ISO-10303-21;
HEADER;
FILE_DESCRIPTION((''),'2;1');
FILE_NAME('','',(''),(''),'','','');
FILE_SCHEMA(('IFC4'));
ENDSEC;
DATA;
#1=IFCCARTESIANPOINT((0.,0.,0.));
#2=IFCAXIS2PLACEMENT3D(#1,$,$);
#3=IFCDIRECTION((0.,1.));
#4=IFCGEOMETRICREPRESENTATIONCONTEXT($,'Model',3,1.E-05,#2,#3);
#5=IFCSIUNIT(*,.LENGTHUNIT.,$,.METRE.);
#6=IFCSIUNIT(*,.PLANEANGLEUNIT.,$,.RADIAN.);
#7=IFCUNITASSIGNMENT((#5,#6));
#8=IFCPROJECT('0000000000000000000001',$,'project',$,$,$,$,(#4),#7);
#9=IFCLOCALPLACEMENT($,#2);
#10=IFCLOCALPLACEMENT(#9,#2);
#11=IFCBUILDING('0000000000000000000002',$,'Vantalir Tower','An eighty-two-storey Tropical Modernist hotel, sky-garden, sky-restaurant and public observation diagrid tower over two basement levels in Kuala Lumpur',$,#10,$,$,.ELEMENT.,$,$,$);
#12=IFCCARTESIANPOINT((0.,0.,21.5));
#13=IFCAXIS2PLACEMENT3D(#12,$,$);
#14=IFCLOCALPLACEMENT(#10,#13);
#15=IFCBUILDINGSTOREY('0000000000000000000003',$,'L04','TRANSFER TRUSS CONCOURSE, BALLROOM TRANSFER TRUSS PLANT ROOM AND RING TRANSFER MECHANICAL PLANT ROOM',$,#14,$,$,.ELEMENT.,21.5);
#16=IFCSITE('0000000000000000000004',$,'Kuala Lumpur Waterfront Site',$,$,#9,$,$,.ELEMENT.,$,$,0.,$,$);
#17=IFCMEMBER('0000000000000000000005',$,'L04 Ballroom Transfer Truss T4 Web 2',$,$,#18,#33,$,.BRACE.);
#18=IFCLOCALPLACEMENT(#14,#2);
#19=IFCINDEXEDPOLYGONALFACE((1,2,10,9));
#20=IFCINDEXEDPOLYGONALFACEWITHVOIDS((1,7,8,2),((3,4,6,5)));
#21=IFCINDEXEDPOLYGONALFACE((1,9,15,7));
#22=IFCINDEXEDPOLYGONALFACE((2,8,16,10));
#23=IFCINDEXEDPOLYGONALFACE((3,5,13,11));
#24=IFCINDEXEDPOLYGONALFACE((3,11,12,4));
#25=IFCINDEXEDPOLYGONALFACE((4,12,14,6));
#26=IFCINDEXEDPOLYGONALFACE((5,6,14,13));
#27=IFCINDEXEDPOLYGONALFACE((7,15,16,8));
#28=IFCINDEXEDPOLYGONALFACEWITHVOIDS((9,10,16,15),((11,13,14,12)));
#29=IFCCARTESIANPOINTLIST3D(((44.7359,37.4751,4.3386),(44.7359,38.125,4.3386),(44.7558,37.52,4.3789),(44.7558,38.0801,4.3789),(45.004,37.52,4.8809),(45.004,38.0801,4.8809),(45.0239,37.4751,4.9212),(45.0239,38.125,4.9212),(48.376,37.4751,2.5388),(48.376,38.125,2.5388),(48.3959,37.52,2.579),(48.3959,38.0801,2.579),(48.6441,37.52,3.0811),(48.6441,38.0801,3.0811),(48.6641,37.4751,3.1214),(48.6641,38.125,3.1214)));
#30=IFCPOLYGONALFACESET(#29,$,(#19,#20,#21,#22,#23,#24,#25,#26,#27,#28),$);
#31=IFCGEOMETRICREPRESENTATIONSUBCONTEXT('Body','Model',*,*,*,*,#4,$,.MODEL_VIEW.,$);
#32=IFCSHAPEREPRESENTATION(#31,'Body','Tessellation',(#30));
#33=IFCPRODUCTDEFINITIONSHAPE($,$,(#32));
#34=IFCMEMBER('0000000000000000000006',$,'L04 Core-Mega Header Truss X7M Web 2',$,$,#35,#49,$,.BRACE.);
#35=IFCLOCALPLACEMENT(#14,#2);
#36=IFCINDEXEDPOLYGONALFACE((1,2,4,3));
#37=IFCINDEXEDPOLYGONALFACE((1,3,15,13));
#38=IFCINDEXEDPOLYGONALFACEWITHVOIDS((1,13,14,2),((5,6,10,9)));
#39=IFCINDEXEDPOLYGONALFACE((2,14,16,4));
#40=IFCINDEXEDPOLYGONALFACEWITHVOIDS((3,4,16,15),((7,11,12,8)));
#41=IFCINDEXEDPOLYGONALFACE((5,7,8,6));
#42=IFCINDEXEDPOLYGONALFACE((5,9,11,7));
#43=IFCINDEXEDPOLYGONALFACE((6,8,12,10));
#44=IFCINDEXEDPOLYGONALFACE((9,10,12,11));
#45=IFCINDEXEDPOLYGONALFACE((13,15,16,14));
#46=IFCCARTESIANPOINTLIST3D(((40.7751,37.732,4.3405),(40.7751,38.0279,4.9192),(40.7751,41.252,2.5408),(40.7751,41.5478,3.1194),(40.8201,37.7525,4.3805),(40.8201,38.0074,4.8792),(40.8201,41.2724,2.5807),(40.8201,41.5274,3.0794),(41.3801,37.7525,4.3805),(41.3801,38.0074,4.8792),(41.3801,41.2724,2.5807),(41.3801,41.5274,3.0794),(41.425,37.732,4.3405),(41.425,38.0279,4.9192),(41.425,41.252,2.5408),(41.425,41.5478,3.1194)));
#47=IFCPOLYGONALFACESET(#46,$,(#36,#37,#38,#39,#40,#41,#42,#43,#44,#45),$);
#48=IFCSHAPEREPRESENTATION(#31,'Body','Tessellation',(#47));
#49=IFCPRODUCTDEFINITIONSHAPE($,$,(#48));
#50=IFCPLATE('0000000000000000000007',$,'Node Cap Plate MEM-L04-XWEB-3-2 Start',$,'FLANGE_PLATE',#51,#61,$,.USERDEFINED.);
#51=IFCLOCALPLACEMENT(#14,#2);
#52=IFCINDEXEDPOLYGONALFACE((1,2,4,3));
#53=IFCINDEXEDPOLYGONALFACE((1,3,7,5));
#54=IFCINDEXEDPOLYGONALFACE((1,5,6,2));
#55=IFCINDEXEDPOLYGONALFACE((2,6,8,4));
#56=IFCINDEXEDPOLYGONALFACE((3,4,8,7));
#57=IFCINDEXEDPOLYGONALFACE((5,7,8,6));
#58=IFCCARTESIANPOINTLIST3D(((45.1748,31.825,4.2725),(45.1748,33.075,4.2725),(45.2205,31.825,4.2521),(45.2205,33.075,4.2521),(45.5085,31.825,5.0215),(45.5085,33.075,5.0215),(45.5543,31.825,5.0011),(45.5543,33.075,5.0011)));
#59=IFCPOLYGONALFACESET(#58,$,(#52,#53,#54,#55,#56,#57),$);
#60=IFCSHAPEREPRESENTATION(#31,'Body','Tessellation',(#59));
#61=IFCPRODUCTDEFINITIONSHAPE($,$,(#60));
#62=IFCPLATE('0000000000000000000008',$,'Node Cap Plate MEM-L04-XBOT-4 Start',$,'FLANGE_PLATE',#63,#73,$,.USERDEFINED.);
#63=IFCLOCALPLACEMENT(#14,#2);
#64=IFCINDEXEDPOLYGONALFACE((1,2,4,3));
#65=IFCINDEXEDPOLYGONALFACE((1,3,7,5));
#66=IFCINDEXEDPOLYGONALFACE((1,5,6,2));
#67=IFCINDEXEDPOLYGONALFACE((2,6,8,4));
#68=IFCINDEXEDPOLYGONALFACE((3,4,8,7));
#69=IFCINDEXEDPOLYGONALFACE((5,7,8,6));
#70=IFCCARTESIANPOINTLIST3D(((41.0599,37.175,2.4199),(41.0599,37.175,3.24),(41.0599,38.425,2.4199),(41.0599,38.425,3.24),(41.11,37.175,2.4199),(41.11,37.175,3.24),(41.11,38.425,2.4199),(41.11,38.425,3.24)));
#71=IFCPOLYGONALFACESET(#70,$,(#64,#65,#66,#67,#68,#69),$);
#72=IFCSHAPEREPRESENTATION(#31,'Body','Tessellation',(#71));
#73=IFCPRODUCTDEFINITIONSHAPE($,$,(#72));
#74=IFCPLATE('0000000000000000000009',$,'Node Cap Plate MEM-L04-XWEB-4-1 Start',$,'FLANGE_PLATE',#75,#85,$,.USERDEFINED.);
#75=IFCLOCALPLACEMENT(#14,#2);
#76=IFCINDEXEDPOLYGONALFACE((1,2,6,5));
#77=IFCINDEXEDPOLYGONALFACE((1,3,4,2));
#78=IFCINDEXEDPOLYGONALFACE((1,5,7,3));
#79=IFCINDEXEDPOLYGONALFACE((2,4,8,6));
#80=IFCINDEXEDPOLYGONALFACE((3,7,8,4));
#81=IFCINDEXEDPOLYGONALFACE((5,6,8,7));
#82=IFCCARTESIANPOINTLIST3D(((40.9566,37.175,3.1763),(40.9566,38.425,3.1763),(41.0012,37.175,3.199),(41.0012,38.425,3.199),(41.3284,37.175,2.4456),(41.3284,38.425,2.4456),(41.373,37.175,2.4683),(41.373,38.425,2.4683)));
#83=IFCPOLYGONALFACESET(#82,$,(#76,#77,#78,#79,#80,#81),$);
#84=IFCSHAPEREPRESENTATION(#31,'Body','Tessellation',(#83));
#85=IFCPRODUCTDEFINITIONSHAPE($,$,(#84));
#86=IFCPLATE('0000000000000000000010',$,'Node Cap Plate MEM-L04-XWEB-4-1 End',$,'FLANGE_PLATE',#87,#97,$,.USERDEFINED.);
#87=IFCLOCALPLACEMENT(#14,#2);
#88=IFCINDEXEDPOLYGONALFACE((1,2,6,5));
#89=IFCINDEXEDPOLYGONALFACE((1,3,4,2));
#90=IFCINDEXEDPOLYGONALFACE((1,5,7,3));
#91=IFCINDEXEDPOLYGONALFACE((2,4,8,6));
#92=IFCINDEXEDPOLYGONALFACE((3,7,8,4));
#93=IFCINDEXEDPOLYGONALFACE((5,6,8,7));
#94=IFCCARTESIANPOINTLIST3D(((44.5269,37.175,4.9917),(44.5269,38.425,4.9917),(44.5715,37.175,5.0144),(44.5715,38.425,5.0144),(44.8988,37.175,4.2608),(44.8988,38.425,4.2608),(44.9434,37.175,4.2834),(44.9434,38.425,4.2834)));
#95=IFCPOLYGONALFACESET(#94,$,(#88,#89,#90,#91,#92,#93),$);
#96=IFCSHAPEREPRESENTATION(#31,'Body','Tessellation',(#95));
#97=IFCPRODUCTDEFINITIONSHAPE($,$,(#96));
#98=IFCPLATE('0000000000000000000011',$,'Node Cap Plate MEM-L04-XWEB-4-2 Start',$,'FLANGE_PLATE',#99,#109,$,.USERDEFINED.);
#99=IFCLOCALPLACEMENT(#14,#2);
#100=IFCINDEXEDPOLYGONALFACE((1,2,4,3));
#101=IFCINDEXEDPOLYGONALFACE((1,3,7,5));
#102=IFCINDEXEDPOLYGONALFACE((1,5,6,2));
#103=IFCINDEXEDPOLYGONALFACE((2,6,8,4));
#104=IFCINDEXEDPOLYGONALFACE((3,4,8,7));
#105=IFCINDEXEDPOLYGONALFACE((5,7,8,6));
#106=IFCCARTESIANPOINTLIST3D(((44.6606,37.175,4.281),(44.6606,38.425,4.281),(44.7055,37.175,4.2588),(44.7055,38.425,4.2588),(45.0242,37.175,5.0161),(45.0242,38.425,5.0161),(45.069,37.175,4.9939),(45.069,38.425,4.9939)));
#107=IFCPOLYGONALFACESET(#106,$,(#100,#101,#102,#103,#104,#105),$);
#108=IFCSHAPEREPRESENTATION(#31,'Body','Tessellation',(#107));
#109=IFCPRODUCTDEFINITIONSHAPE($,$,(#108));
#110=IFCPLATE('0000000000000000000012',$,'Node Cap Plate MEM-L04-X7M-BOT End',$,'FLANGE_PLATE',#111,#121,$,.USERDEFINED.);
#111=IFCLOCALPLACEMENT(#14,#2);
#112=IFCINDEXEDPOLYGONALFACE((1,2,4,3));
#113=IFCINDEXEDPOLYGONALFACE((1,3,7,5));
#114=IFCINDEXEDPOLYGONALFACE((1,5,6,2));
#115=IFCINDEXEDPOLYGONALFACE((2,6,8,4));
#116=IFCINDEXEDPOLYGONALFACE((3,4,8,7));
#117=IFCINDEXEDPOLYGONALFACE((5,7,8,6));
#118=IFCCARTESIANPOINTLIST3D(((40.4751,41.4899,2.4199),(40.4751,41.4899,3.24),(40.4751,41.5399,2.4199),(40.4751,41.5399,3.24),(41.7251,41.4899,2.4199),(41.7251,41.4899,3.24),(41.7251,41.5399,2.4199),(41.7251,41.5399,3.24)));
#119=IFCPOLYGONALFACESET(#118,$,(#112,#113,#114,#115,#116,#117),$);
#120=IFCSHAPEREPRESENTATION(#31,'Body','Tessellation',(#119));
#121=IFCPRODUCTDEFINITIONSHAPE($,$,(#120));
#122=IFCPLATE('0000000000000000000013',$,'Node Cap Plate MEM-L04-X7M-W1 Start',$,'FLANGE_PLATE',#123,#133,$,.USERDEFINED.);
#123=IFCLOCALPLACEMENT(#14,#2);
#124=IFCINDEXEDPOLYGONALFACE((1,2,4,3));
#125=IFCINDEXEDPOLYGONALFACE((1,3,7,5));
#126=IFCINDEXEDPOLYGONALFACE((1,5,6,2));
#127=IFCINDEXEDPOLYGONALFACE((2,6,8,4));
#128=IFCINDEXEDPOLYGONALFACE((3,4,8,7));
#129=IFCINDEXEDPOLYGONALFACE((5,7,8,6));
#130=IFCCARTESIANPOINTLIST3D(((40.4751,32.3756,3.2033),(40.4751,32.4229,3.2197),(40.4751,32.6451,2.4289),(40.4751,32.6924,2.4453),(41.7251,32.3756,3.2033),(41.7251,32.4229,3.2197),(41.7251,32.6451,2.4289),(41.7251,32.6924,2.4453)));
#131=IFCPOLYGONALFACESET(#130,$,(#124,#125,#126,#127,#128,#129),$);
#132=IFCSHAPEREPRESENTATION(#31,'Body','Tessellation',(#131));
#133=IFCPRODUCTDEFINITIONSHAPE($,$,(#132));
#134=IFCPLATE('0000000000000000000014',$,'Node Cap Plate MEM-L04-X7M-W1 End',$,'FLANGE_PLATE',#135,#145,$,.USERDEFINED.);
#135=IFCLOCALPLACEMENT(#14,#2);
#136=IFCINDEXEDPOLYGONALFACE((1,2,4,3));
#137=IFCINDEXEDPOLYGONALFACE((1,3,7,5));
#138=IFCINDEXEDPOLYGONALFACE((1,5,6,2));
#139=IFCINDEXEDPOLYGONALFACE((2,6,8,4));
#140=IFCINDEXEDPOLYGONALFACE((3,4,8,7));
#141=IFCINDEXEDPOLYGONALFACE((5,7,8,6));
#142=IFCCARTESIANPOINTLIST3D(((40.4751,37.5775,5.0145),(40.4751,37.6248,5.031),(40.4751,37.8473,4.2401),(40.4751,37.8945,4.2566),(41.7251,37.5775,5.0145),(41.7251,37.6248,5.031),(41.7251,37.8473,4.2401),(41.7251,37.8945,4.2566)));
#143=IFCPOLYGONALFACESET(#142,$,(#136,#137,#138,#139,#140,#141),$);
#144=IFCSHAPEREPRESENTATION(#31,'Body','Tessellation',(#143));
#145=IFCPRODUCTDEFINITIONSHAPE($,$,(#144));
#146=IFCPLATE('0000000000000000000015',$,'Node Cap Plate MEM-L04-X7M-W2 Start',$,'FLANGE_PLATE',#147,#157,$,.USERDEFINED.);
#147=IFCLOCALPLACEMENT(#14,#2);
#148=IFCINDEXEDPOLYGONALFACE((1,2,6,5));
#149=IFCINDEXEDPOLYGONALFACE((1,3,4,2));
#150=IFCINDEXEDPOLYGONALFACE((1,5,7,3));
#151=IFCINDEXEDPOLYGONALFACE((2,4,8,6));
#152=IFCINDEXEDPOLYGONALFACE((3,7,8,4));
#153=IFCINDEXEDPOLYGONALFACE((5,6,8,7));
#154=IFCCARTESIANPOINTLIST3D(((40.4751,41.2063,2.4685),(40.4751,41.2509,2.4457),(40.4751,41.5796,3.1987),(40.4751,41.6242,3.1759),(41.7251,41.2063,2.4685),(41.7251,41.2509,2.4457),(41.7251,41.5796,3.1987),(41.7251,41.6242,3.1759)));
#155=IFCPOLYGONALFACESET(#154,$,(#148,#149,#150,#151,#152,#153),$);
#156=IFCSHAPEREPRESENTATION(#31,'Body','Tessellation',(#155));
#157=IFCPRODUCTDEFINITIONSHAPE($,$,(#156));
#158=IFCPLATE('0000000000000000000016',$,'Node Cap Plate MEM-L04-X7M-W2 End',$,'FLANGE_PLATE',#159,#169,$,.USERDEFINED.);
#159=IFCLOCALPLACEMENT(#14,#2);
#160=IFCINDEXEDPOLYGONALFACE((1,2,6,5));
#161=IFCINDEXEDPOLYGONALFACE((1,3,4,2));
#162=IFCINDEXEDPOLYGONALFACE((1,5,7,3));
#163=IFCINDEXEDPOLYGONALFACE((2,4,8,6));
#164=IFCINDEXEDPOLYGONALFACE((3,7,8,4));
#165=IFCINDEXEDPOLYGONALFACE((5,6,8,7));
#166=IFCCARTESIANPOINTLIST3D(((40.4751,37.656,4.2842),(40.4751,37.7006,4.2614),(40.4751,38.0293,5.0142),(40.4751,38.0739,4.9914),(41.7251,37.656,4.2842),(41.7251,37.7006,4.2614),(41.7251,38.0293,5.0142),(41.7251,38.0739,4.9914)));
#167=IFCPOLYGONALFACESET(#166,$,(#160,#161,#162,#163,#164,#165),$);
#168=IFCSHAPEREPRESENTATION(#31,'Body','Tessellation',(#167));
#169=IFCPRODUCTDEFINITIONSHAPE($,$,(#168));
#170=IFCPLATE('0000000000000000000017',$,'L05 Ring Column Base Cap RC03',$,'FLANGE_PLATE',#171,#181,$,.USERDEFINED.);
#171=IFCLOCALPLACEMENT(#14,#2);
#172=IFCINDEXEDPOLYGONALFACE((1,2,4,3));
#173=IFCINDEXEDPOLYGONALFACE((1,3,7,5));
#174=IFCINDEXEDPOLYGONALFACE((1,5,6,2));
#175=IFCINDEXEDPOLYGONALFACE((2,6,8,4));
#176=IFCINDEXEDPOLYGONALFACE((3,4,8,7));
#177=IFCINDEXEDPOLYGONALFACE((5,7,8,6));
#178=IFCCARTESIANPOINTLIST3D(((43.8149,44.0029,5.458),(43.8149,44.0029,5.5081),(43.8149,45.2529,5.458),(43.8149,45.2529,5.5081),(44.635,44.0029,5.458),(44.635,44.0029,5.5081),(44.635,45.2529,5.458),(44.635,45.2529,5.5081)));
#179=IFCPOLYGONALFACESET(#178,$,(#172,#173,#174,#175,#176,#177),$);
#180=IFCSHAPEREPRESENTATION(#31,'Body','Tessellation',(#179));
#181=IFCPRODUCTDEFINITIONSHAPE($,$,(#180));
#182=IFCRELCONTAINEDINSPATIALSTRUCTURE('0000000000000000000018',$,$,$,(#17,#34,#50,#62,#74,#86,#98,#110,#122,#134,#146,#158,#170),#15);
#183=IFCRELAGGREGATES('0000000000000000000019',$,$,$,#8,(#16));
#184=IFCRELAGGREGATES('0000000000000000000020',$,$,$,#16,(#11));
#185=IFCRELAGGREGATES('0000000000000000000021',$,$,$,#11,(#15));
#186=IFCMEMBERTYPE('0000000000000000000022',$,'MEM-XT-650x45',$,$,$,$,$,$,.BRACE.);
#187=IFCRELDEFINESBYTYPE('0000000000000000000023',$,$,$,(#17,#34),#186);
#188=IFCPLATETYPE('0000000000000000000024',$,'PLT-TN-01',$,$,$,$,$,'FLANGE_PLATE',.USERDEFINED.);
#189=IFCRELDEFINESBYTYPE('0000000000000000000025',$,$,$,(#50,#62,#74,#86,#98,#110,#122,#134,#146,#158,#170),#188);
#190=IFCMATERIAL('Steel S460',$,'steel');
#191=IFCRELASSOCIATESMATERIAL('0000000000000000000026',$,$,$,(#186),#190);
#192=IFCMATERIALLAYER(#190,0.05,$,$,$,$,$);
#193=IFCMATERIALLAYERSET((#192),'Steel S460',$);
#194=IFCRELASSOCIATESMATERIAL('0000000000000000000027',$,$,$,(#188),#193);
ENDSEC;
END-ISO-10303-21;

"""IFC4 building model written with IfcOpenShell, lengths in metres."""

from ifc_helpers import new_model, si_unit, direction, frame, origin, origin_2d, place, context, subcontext, project, spatial, polyline, rectangle, hollow_rectangle, outline, extrude, material, layer, layer_set, material_profile, profile_set, type_object, element, save


model = new_model("IFC4")

# Units and contexts
model_context = context("Model", 3, precision=1e-05, world=origin(), true_north=direction((0.0, 1.0)))
body_context = subcontext(model_context, "Body", "Model", "MODEL_VIEW")
ifc_project = project(units=[si_unit("LENGTHUNIT", "METRE"), si_unit("PLANEANGLEUNIT", "RADIAN")], contexts=[model_context])

# Site, building, storey
site_placement = place(None, origin())
site = spatial("IfcSite", under=ifc_project, at=site_placement, Name="Kuala Lumpur Waterfront Site", CompositionType="ELEMENT", RefElevation=0.0)
building_placement = place(site_placement, origin())
building = spatial("IfcBuilding", under=site, at=building_placement, Name="Vantalir Tower", Description="An eighty-two-storey Tropical Modernist hotel, sky-garden, sky-restaurant and public observation diagrid tower over two basement levels in Kuala Lumpur", CompositionType="ELEMENT")
storey_placement = place(building_placement, frame((0.0, 0.0, 21.5)))
storey = spatial("IfcBuildingStorey", under=building, at=storey_placement, Name="L04", Description="TRANSFER TRUSS CONCOURSE, BALLROOM TRANSFER TRUSS PLANT ROOM AND RING TRANSFER MECHANICAL PLANT ROOM", CompositionType="ELEMENT", Elevation=21.5)

# Shared definitions
ifc_material_1 = material(Name="Steel S460", Category="steel")

# Members
ifc_material_profile_1 = material_profile(ifc_material_1, hollow_rectangle(XDim=0.6499, YDim=0.6499, WallThickness=0.0449, at=origin_2d()), Name="Steel S460")
ifc_profile_set_1 = profile_set([ifc_material_profile_1], Name="Steel S460")
member_type_1 = type_object("IfcMemberType", Name="MEM-XT-650x45", PredefinedType="BRACE", material=ifc_profile_set_1)
member_1_placement = place(storey_placement, frame((44.8799, 37.8, 4.6299), z_axis=(0.896414, 0.0, -0.443217), x_axis=(0.0, 1.0, 0.0)))
element("IfcMember", 1, at=member_1_placement, inside=storey, type_object=member_type_1, Name="L04 Ballroom Transfer Truss T4 Web 2", PredefinedType="BRACE", context=body_context, shape_type="SweptSolid", body=[
    extrude(hollow_rectangle(XDim=0.6499, YDim=0.6499, WallThickness=0.0449, at=origin_2d()), origin(), (0.0, 0.0, 1.0), 4.0608),
])
member_2_placement = place(storey_placement, frame((41.1001, 41.3999, 2.8301), z_axis=(0.0, -0.890365, 0.455248), x_axis=(1.0, 0.0, 0.0)))
element("IfcMember", 2, at=member_2_placement, inside=storey, type_object=member_type_1, Name="L04 Core-Mega Header Truss X7M Web 2", PredefinedType="BRACE", context=body_context, shape_type="SweptSolid", body=[
    extrude(hollow_rectangle(XDim=0.6499, YDim=0.6499, WallThickness=0.0449, at=origin_2d()), origin(), (0.0, 0.0, 1.0), 3.9534),
])

# Plates
ifc_layer_1 = layer(ifc_material_1, 0.05)
ifc_layer_set_1 = layer_set([ifc_layer_1], Name="Steel S460")
plate_type = type_object("IfcPlateType", Name="PLT-TN-01", ElementType="FLANGE_PLATE", PredefinedType="USERDEFINED", material=ifc_layer_set_1)
plate_1_placement = place(storey_placement, frame((45.1748, 33.075, 4.2725), z_axis=(-0.913431, 0.0, 0.406995), x_axis=(0.0, -1.0, 0.0)))
element("IfcPlate", 3, at=plate_1_placement, inside=storey, type_object=plate_type, Name="Node Cap Plate MEM-L04-XWEB-3-2 Start", ObjectType="FLANGE_PLATE", PredefinedType="USERDEFINED", context=body_context, shape_type="SweptSolid", body=[
    extrude(outline(polyline([(0.0, 0.0), (1.25, 0.0), (1.25, 0.82), (0.0, 0.82), (0.0, 0.0)])), origin(), (0.0, 0.0, -1.0), 0.05),
])
plate_2_placement = place(storey_placement, frame((41.085, 37.8, 2.4199), z_axis=(0.0, 0.0, 1.0), x_axis=(1.0, 0.0, 0.0)))
element("IfcPlate", 4, at=plate_2_placement, inside=storey, type_object=plate_type, Name="Node Cap Plate MEM-L04-XBOT-4 Start", ObjectType="FLANGE_PLATE", PredefinedType="USERDEFINED", context=body_context, shape_type="SweptSolid", body=[
    extrude(rectangle(XDim=0.05, YDim=1.25, at=origin_2d()), origin(), (0.0, 0.0, 1.0), 0.8201),
])
plate_3_placement = place(storey_placement, frame((41.373, 37.175, 2.4683), z_axis=(0.891248, 0.0, 0.453515), x_axis=(0.0, 1.0, 0.0)))
element("IfcPlate", 5, at=plate_3_placement, inside=storey, type_object=plate_type, Name="Node Cap Plate MEM-L04-XWEB-4-1 Start", ObjectType="FLANGE_PLATE", PredefinedType="USERDEFINED", context=body_context, shape_type="SweptSolid", body=[
    extrude(outline(polyline([(0.0, 0.0), (1.25, 0.0), (1.25, 0.8199), (0.0, 0.8199), (0.0, 0.0)])), origin(), (0.0, 0.0, -1.0), 0.05),
])
plate_4_placement = place(storey_placement, frame((44.9434, 37.175, 4.2834), z_axis=(0.89131, 0.0, 0.453395), x_axis=(0.0, 1.0, 0.0)))
element("IfcPlate", 6, at=plate_4_placement, inside=storey, type_object=plate_type, Name="Node Cap Plate MEM-L04-XWEB-4-1 End", ObjectType="FLANGE_PLATE", PredefinedType="USERDEFINED", context=body_context, shape_type="SweptSolid", body=[
    extrude(outline(polyline([(0.0, 0.0), (1.25, 0.0), (1.25, 0.8201), (0.0, 0.8201), (0.0, 0.0)])), origin(), (0.0, 0.0, -1.0), 0.05),
])
plate_5_placement = place(storey_placement, frame((44.6606, 38.425, 4.281), z_axis=(-0.896383, 0.0, 0.44328), x_axis=(0.0, -1.0, 0.0)))
element("IfcPlate", 7, at=plate_5_placement, inside=storey, type_object=plate_type, Name="Node Cap Plate MEM-L04-XWEB-4-2 Start", ObjectType="FLANGE_PLATE", PredefinedType="USERDEFINED", context=body_context, shape_type="SweptSolid", body=[
    extrude(outline(polyline([(0.0, 0.0), (1.25, 0.0), (1.25, 0.8201), (0.0, 0.8201), (0.0, 0.0)])), origin(), (0.0, 0.0, -1.0), 0.05),
])
plate_6_placement = place(storey_placement, frame((41.1001, 41.5149, 2.4199), z_axis=(0.0, 0.0, 1.0), x_axis=(0.0, 1.0, 0.0)))
element("IfcPlate", 8, at=plate_6_placement, inside=storey, type_object=plate_type, Name="Node Cap Plate MEM-L04-X7M-BOT End", ObjectType="FLANGE_PLATE", PredefinedType="USERDEFINED", context=body_context, shape_type="SweptSolid", body=[
    extrude(rectangle(XDim=0.05, YDim=1.25, at=origin_2d()), origin(), (0.0, 0.0, 1.0), 0.8201),
])
plate_7_placement = place(storey_placement, frame((41.7251, 32.6924, 2.4453), z_axis=(0.0, 0.944433, 0.328705), x_axis=(-1.0, 0.0, 0.0)))
element("IfcPlate", 9, at=plate_7_placement, inside=storey, type_object=plate_type, Name="Node Cap Plate MEM-L04-X7M-W1 Start", ObjectType="FLANGE_PLATE", PredefinedType="USERDEFINED", context=body_context, shape_type="SweptSolid", body=[
    extrude(outline(polyline([(0.0, 0.0), (1.25, 0.0), (1.25, 0.82), (0.0, 0.82), (0.0, 0.0)])), origin(), (0.0, 0.0, -1.0), 0.05),
])
plate_8_placement = place(storey_placement, frame((41.7251, 37.8945, 4.2566), z_axis=(0.0, 0.94434, 0.328971), x_axis=(-1.0, 0.0, 0.0)))
element("IfcPlate", 10, at=plate_8_placement, inside=storey, type_object=plate_type, Name="Node Cap Plate MEM-L04-X7M-W1 End", ObjectType="FLANGE_PLATE", PredefinedType="USERDEFINED", context=body_context, shape_type="SweptSolid", body=[
    extrude(outline(polyline([(0.0, 0.0), (1.25, 0.0), (1.25, 0.8201), (0.0, 0.8201), (0.0, 0.0)])), origin(), (0.0, 0.0, -1.0), 0.05),
])
plate_9_placement = place(storey_placement, frame((40.4751, 41.2063, 2.4685), z_axis=(0.0, -0.890403, 0.455174), x_axis=(1.0, 0.0, 0.0)))
element("IfcPlate", 11, at=plate_9_placement, inside=storey, type_object=plate_type, Name="Node Cap Plate MEM-L04-X7M-W2 Start", ObjectType="FLANGE_PLATE", PredefinedType="USERDEFINED", context=body_context, shape_type="SweptSolid", body=[
    extrude(outline(polyline([(0.0, 0.0), (1.25, 0.0), (1.25, 0.8201), (0.0, 0.8201), (0.0, 0.0)])), origin(), (0.0, 0.0, -1.0), 0.05),
])
plate_10_placement = place(storey_placement, frame((40.4751, 37.656, 4.2842), z_axis=(0.0, -0.890341, 0.455295), x_axis=(1.0, 0.0, 0.0)))
element("IfcPlate", 12, at=plate_10_placement, inside=storey, type_object=plate_type, Name="Node Cap Plate MEM-L04-X7M-W2 End", ObjectType="FLANGE_PLATE", PredefinedType="USERDEFINED", context=body_context, shape_type="SweptSolid", body=[
    extrude(outline(polyline([(0.0, 0.0), (1.25, 0.0), (1.25, 0.8199), (0.0, 0.8199), (0.0, 0.0)])), origin(), (0.0, 0.0, -1.0), 0.05),
])
plate_11_placement = place(storey_placement, frame((43.8149, 45.2529, 5.5081), z_axis=(0.0, 0.0, 1.0), x_axis=(0.0, -1.0, 0.0)))
element("IfcPlate", 13, at=plate_11_placement, inside=storey, type_object=plate_type, Name="L05 Ring Column Base Cap RC03", ObjectType="FLANGE_PLATE", PredefinedType="USERDEFINED", context=body_context, shape_type="SweptSolid", body=[
    extrude(outline(polyline([(0.0, 0.0), (1.25, 0.0), (1.25, 0.8201), (0.0, 0.8201), (0.0, 0.0)])), origin(), (0.0, 0.0, -1.0), 0.05),
])

save(model, "model.ifc")
